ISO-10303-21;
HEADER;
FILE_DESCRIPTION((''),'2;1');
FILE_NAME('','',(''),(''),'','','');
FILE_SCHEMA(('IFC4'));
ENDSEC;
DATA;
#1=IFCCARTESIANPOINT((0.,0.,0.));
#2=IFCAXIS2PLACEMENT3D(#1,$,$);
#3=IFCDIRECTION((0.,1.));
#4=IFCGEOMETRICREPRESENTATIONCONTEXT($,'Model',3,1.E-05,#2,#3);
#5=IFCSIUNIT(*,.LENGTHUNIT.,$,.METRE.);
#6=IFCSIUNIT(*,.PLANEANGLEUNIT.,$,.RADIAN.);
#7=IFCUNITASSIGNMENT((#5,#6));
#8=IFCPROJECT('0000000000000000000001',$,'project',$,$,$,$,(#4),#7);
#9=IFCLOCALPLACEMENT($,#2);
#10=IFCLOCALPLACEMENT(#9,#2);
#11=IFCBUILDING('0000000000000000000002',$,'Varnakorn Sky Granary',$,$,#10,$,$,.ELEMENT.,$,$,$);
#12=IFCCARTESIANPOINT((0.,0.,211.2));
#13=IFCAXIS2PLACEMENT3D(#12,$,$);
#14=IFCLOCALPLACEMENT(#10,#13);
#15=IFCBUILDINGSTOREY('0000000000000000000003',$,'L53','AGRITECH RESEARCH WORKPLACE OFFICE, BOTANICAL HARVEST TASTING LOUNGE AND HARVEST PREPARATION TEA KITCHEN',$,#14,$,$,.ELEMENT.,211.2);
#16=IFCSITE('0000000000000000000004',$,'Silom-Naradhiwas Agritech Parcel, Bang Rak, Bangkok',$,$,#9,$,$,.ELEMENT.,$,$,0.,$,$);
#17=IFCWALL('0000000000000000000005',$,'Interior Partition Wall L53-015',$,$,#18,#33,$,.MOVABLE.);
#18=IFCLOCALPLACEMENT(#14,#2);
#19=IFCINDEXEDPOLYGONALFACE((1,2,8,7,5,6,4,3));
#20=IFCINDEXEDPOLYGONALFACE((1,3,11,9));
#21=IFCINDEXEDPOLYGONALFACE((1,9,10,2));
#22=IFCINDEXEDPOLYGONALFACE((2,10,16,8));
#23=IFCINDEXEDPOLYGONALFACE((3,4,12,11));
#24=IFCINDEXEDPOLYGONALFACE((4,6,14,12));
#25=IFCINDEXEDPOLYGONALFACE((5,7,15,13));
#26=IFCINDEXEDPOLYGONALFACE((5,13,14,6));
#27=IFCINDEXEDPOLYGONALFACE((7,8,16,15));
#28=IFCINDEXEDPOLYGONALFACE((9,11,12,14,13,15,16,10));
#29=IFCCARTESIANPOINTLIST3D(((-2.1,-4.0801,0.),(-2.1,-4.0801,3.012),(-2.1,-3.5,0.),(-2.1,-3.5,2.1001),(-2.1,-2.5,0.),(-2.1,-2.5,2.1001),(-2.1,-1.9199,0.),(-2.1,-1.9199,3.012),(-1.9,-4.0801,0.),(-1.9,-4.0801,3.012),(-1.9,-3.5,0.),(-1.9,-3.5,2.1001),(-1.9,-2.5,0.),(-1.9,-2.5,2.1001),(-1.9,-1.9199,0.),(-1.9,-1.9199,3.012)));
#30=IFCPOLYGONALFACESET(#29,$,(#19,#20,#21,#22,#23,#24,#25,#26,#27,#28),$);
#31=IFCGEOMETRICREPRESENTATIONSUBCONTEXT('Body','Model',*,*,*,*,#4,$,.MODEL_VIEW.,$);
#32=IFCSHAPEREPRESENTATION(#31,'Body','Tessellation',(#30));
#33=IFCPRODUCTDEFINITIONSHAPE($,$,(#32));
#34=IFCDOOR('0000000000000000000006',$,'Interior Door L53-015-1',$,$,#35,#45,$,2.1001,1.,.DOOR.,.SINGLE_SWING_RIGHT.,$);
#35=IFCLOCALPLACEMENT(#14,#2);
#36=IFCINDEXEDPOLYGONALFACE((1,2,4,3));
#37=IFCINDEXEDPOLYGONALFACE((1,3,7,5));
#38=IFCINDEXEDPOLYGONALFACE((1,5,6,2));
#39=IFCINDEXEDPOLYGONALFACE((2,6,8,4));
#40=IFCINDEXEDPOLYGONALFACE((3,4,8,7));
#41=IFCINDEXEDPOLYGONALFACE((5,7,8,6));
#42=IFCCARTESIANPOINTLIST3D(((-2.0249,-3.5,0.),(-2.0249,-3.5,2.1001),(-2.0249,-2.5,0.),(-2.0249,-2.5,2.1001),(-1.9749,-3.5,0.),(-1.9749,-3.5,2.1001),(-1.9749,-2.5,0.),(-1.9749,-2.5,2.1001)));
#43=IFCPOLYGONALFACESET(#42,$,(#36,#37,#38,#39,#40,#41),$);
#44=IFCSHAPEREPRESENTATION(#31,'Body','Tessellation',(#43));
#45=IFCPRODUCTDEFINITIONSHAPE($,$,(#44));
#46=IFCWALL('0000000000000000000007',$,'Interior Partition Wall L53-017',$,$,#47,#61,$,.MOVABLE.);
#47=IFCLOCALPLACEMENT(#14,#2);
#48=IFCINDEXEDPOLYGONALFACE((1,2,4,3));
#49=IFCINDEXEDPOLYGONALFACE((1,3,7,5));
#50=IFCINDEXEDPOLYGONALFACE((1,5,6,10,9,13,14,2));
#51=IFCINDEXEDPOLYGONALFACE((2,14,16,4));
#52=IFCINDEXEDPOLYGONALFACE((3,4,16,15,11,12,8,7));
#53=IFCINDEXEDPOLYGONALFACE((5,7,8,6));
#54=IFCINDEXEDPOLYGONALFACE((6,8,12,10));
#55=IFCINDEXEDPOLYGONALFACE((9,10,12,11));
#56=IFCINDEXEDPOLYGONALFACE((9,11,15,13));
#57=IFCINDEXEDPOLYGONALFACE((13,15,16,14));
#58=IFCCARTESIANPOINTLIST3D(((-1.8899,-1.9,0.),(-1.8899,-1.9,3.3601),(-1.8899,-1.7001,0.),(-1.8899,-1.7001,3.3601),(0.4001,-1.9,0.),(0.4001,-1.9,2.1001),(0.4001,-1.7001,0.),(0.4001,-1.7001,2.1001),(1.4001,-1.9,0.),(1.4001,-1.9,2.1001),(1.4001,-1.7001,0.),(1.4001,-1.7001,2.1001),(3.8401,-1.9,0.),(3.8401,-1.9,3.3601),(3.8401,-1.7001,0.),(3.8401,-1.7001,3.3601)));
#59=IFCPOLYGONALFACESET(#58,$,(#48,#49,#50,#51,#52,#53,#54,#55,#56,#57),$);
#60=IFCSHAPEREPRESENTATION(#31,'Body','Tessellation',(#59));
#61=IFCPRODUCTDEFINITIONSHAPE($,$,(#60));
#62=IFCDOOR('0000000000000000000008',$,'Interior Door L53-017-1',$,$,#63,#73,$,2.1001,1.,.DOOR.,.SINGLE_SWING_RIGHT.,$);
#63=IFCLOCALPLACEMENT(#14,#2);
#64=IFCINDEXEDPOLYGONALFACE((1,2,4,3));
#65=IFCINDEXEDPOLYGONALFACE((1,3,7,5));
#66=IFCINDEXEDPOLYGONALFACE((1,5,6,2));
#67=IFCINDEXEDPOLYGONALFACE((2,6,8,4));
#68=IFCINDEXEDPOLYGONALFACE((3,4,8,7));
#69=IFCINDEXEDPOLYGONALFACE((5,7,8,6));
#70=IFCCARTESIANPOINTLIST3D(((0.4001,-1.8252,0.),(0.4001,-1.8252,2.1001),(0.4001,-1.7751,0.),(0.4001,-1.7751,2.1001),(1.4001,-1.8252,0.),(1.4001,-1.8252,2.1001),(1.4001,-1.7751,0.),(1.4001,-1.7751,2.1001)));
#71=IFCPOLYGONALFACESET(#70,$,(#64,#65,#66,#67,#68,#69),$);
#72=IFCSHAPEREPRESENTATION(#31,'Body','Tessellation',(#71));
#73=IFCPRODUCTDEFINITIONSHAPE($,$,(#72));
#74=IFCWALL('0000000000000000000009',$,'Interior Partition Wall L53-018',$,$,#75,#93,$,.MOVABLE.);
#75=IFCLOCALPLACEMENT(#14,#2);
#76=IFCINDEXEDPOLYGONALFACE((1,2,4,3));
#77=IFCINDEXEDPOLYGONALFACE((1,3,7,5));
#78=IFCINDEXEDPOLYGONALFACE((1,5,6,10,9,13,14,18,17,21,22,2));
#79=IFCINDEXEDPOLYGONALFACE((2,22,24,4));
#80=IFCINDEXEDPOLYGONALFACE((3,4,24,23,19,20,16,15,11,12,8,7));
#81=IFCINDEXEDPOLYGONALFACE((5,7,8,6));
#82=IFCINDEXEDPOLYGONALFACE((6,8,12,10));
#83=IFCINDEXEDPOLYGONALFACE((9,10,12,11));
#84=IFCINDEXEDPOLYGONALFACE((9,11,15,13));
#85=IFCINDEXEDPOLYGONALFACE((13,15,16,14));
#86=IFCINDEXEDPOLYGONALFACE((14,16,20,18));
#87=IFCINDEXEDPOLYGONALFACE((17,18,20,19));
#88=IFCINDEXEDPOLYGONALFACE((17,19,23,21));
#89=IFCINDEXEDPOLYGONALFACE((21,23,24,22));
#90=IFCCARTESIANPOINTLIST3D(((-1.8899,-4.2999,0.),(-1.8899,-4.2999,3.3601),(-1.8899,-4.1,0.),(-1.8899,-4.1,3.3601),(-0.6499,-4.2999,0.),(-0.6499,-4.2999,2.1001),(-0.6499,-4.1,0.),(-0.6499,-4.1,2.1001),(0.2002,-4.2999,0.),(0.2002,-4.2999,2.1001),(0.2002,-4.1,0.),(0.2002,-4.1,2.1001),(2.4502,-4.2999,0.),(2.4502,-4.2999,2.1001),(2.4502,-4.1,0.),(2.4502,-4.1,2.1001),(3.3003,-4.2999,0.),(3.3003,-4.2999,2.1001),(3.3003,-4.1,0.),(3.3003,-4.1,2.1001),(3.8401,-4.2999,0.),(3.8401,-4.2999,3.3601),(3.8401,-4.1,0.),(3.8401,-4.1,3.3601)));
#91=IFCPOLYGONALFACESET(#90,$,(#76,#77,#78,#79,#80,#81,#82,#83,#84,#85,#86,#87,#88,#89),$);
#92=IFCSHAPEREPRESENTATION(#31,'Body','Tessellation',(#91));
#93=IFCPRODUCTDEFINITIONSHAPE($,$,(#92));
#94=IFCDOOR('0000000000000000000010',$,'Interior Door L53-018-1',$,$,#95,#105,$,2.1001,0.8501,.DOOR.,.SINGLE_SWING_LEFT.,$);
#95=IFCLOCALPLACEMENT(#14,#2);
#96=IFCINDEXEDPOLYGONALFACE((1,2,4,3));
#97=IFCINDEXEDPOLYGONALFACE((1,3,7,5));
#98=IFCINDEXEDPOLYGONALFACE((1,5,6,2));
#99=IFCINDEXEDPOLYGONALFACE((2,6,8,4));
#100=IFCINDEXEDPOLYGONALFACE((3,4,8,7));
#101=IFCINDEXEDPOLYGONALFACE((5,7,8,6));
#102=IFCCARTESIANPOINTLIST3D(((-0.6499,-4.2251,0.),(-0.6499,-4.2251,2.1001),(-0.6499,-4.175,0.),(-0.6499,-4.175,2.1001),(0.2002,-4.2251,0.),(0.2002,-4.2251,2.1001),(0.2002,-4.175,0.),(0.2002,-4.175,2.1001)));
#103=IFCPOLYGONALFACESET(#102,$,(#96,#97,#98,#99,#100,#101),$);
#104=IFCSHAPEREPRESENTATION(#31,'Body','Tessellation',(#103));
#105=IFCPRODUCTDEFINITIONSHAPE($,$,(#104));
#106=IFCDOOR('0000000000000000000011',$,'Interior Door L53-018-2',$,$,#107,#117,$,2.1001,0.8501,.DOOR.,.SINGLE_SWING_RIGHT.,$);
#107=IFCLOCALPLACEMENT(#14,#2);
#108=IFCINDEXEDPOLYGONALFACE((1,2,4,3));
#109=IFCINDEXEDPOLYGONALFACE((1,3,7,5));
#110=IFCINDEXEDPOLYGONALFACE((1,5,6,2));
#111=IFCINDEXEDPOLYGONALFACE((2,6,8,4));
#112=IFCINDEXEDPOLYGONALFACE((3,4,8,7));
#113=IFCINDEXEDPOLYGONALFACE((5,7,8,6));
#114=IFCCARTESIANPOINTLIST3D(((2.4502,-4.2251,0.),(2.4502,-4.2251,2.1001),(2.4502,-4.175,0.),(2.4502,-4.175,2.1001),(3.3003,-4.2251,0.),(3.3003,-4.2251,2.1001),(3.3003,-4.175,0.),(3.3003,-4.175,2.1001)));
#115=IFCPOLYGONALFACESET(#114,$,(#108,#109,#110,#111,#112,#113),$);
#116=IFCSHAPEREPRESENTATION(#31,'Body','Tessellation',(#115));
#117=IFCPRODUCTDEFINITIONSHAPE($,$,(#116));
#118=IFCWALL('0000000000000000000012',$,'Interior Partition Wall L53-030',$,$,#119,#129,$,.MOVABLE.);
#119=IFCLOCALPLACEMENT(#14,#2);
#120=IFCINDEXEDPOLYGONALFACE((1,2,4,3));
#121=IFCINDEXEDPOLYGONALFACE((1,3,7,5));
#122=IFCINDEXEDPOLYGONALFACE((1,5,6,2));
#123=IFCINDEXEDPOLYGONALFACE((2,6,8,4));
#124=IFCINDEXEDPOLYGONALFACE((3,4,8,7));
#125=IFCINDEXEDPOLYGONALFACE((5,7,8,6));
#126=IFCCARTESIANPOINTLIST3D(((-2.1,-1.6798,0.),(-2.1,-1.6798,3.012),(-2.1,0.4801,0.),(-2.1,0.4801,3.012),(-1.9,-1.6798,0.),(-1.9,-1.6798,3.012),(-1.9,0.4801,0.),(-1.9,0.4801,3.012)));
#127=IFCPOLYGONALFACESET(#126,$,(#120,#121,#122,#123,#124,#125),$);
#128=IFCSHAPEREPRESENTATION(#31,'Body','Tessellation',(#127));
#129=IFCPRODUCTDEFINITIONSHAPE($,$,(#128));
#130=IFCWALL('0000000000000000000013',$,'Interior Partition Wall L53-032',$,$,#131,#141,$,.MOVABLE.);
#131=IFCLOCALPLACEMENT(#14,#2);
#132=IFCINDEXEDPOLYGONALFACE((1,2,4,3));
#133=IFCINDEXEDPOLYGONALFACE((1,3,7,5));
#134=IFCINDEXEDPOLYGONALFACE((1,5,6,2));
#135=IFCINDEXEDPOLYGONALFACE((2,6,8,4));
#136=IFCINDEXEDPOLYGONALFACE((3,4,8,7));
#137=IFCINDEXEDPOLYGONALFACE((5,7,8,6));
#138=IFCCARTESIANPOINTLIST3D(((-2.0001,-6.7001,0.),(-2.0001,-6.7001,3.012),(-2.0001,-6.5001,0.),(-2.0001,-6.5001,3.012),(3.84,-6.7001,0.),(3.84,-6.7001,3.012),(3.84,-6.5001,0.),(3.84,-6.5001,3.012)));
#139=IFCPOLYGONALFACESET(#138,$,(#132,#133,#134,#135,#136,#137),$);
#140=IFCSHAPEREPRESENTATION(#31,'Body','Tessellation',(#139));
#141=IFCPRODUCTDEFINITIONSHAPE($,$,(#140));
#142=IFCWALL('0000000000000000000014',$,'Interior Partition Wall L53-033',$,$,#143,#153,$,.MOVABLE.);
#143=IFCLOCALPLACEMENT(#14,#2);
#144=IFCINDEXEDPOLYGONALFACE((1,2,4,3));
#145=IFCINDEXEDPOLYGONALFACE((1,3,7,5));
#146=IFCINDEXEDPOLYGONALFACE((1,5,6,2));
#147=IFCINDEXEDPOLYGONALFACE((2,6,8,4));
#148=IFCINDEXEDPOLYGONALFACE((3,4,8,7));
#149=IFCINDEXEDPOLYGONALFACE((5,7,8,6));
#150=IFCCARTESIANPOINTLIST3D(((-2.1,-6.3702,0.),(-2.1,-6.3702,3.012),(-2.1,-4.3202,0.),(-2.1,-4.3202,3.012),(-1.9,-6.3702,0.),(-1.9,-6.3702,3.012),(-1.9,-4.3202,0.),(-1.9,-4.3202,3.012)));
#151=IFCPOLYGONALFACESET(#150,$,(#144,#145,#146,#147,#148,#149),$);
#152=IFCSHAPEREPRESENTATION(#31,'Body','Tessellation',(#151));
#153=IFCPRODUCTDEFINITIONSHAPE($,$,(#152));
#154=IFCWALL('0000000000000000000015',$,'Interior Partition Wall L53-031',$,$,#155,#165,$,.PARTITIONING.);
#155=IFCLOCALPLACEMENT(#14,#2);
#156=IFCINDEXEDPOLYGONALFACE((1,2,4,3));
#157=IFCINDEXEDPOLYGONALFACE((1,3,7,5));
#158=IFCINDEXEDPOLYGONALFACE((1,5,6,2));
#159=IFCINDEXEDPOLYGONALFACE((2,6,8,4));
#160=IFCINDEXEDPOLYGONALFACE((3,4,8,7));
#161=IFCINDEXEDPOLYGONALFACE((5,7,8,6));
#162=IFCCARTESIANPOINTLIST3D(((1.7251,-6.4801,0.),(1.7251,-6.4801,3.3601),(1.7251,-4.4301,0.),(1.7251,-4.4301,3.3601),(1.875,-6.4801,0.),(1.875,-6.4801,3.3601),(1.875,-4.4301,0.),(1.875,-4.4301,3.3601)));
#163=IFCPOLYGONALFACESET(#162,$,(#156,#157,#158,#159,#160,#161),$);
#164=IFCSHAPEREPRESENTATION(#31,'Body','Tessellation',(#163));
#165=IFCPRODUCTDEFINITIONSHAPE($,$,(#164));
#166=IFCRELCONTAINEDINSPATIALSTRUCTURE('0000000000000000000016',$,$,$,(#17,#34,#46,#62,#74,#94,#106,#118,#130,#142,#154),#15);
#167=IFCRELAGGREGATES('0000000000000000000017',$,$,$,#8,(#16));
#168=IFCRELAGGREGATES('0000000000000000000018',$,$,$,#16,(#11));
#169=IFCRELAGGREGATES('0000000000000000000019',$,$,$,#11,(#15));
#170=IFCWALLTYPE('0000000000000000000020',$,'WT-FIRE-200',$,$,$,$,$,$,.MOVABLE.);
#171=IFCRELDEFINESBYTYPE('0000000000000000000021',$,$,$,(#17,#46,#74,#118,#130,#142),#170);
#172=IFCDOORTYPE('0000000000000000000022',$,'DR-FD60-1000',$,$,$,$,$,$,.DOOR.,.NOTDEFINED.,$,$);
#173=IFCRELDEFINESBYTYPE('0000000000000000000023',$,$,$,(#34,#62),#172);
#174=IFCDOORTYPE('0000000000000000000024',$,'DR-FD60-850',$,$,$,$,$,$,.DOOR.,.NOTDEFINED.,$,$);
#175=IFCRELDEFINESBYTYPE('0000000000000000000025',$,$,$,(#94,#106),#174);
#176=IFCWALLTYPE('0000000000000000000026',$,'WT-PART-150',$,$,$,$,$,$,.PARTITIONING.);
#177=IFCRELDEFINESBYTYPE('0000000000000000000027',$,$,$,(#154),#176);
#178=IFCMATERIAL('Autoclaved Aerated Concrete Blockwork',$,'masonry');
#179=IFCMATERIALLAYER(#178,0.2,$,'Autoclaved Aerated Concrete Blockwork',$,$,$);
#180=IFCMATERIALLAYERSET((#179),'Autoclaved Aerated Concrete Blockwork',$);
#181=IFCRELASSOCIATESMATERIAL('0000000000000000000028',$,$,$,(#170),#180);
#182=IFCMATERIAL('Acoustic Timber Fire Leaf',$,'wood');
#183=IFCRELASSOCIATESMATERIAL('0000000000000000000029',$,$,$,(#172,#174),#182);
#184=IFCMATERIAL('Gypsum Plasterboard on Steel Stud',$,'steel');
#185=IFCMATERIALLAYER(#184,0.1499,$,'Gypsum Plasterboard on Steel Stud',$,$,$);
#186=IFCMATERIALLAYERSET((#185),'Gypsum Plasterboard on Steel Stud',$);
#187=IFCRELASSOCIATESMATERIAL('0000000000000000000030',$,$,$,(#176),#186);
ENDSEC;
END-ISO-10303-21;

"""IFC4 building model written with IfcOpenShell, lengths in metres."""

from ifc_helpers import new_model, si_unit, direction, frame, frame_2d, origin, place, context, subcontext, project, spatial, rectangle, extrude, material, layer, layer_set, type_object, element, fill, save


model = new_model("IFC4")

# Units and contexts
model_context = context("Model", 3, precision=1e-05, world=origin(), true_north=direction((0.0, 1.0)))
body_context = subcontext(model_context, "Body", "Model", "MODEL_VIEW")
ifc_project = project(units=[si_unit("LENGTHUNIT", "METRE"), si_unit("PLANEANGLEUNIT", "RADIAN")], contexts=[model_context])

# Site, building, storey
site_placement = place(None, origin())
site = spatial("IfcSite", under=ifc_project, at=site_placement, Name="Silom-Naradhiwas Agritech Parcel, Bang Rak, Bangkok", CompositionType="ELEMENT", RefElevation=0.0)
building_placement = place(site_placement, origin())
building = spatial("IfcBuilding", under=site, at=building_placement, Name="Varnakorn Sky Granary", CompositionType="ELEMENT")
storey_placement = place(building_placement, frame((0.0, 0.0, 211.2)))
storey = spatial("IfcBuildingStorey", under=building, at=storey_placement, Name="L53", Description="AGRITECH RESEARCH WORKPLACE OFFICE, BOTANICAL HARVEST TASTING LOUNGE AND HARVEST PREPARATION TEA KITCHEN", CompositionType="ELEMENT", Elevation=211.2)

# Walls, openings, doors
ifc_material_1 = material(Name="Autoclaved Aerated Concrete Blockwork", Category="masonry")
ifc_layer_1 = layer(ifc_material_1, 0.2, Name="Autoclaved Aerated Concrete Blockwork")
ifc_layer_set_1 = layer_set([ifc_layer_1], Name="Autoclaved Aerated Concrete Blockwork")
wall_type_1 = type_object("IfcWallType", Name="WT-FIRE-200", PredefinedType="MOVABLE", material=ifc_layer_set_1)
wall_1_placement = place(storey_placement, frame((-2.0, -4.0801, 0.0), z_axis=(0.0, 0.0, 1.0), x_axis=(0.0, 1.0, 0.0)))
wall_1 = element("IfcWall", 1, at=wall_1_placement, inside=storey, type_object=wall_type_1, Name="Interior Partition Wall L53-015", PredefinedType="MOVABLE", context=body_context, shape_type="SweptSolid", body=[
    extrude(rectangle(XDim=2.1602, YDim=0.2, at=frame_2d((1.0801, 0.0))), origin(), (0.0, 0.0, 1.0), 3.012),
])
opening_1_placement = place(wall_1_placement, frame((0.5801, 0.0, 0.0)))
opening_1 = element("IfcOpeningElement", 2, at=opening_1_placement, cuts=wall_1, PredefinedType="OPENING", context=body_context, shape_type="SweptSolid", body=[
    extrude(rectangle(XDim=1.0, YDim=2.1001, at=frame_2d((0.5, 1.05))), frame((0.0, 0.1099, 0.0), z_axis=(0.0, -1.0, 0.0), x_axis=(1.0, 0.0, 0.0)), (0.0, 0.0, 1.0), 0.22),
])
ifc_material_2 = material(Name="Acoustic Timber Fire Leaf", Category="wood")
door_type_1 = type_object("IfcDoorType", Name="DR-FD60-1000", OperationType="NOTDEFINED", PredefinedType="DOOR", material=ifc_material_2)
door_1_placement = place(opening_1_placement, origin())
door_1 = element("IfcDoor", 3, at=door_1_placement, inside=storey, type_object=door_type_1, Name="Interior Door L53-015-1", OperationType="SINGLE_SWING_RIGHT", OverallHeight=2.1001, OverallWidth=1.0, PredefinedType="DOOR", context=body_context, shape_type="SweptSolid", body=[
    extrude(rectangle(XDim=1.0, YDim=2.1001, at=frame_2d((0.5, 1.05))), frame((0.0, 0.0249, 0.0), z_axis=(0.0, -1.0, 0.0), x_axis=(1.0, 0.0, 0.0)), (0.0, 0.0, 1.0), 0.05),
])
fill(opening_1, door_1)
wall_2_placement = place(storey_placement, frame((-1.8899, -1.8, 0.0), z_axis=(0.0, 0.0, 1.0), x_axis=(1.0, 0.0, 0.0)))
wall_2 = element("IfcWall", 4, at=wall_2_placement, inside=storey, type_object=wall_type_1, Name="Interior Partition Wall L53-017", PredefinedType="MOVABLE", context=body_context, shape_type="SweptSolid", body=[
    extrude(rectangle(XDim=5.73, YDim=0.2, at=frame_2d((2.865, 0.0))), origin(), (0.0, 0.0, 1.0), 3.3601),
])
opening_2_placement = place(wall_2_placement, frame((2.29, 0.0, 0.0)))
opening_2 = element("IfcOpeningElement", 5, at=opening_2_placement, cuts=wall_2, PredefinedType="OPENING", context=body_context, shape_type="SweptSolid", body=[
    extrude(rectangle(XDim=1.0, YDim=2.1001, at=frame_2d((0.5, 1.05))), frame((0.0, 0.1099, 0.0), z_axis=(0.0, -1.0, 0.0), x_axis=(1.0, 0.0, 0.0)), (0.0, 0.0, 1.0), 0.22),
])
door_2_placement = place(opening_2_placement, origin())
door_2 = element("IfcDoor", 6, at=door_2_placement, inside=storey, type_object=door_type_1, Name="Interior Door L53-017-1", OperationType="SINGLE_SWING_RIGHT", OverallHeight=2.1001, OverallWidth=1.0, PredefinedType="DOOR", context=body_context, shape_type="SweptSolid", body=[
    extrude(rectangle(XDim=1.0, YDim=2.1001, at=frame_2d((0.5, 1.05))), frame((0.0, 0.0249, 0.0), z_axis=(0.0, -1.0, 0.0), x_axis=(1.0, 0.0, 0.0)), (0.0, 0.0, 1.0), 0.05),
])
fill(opening_2, door_2)

# Wall, openings, doors
wall_3_placement = place(storey_placement, frame((-1.8899, -4.2, 0.0), z_axis=(0.0, 0.0, 1.0), x_axis=(1.0, 0.0, 0.0)))
wall_3 = element("IfcWall", 7, at=wall_3_placement, inside=storey, type_object=wall_type_1, Name="Interior Partition Wall L53-018", PredefinedType="MOVABLE", context=body_context, shape_type="SweptSolid", body=[
    extrude(rectangle(XDim=5.73, YDim=0.2, at=frame_2d((2.865, 0.0))), origin(), (0.0, 0.0, 1.0), 3.3601),
])
opening_3_placement = place(wall_3_placement, frame((1.24, 0.0, 0.0)))
opening_3 = element("IfcOpeningElement", 8, at=opening_3_placement, cuts=wall_3, PredefinedType="OPENING", context=body_context, shape_type="SweptSolid", body=[
    extrude(rectangle(XDim=0.8501, YDim=2.1001, at=frame_2d((0.425, 1.05))), frame((0.0, 0.1099, 0.0), z_axis=(0.0, -1.0, 0.0), x_axis=(1.0, 0.0, 0.0)), (0.0, 0.0, 1.0), 0.22),
])
opening_4_placement = place(wall_3_placement, frame((4.3401, 0.0, 0.0)))
opening_4 = element("IfcOpeningElement", 9, at=opening_4_placement, cuts=wall_3, PredefinedType="OPENING", context=body_context, shape_type="SweptSolid", body=[
    extrude(rectangle(XDim=0.8501, YDim=2.1001, at=frame_2d((0.425, 1.05))), frame((0.0, 0.1099, 0.0), z_axis=(0.0, -1.0, 0.0), x_axis=(1.0, 0.0, 0.0)), (0.0, 0.0, 1.0), 0.22),
])
door_type_2 = type_object("IfcDoorType", Name="DR-FD60-850", OperationType="NOTDEFINED", PredefinedType="DOOR", material=ifc_material_2)
door_3_placement = place(opening_3_placement, origin())
door_3 = element("IfcDoor", 10, at=door_3_placement, inside=storey, type_object=door_type_2, Name="Interior Door L53-018-1", OperationType="SINGLE_SWING_LEFT", OverallHeight=2.1001, OverallWidth=0.8501, PredefinedType="DOOR", context=body_context, shape_type="SweptSolid", body=[
    extrude(rectangle(XDim=0.8501, YDim=2.1001, at=frame_2d((0.425, 1.05))), frame((0.0, 0.0249, 0.0), z_axis=(0.0, -1.0, 0.0), x_axis=(1.0, 0.0, 0.0)), (0.0, 0.0, 1.0), 0.05),
])
fill(opening_3, door_3)
door_4_placement = place(opening_4_placement, origin())
door_4 = element("IfcDoor", 11, at=door_4_placement, inside=storey, type_object=door_type_2, Name="Interior Door L53-018-2", OperationType="SINGLE_SWING_RIGHT", OverallHeight=2.1001, OverallWidth=0.8501, PredefinedType="DOOR", context=body_context, shape_type="SweptSolid", body=[
    extrude(rectangle(XDim=0.8501, YDim=2.1001, at=frame_2d((0.425, 1.05))), frame((0.0, 0.0249, 0.0), z_axis=(0.0, -1.0, 0.0), x_axis=(1.0, 0.0, 0.0)), (0.0, 0.0, 1.0), 0.05),
])
fill(opening_4, door_4)

# Walls
wall_4_placement = place(storey_placement, frame((-2.0, -1.6799, 0.0), z_axis=(0.0, 0.0, 1.0), x_axis=(0.0, 1.0, 0.0)))
element("IfcWall", 12, at=wall_4_placement, inside=storey, type_object=wall_type_1, Name="Interior Partition Wall L53-030", PredefinedType="MOVABLE", context=body_context, shape_type="SweptSolid", body=[
    extrude(rectangle(XDim=2.1599, YDim=0.2, at=frame_2d((1.0801, 0.0))), origin(), (0.0, 0.0, 1.0), 3.012),
])
wall_5_placement = place(storey_placement, frame((-2.0, -6.6001, 0.0), z_axis=(0.0, 0.0, 1.0), x_axis=(1.0, 0.0, 0.0)))
element("IfcWall", 13, at=wall_5_placement, inside=storey, type_object=wall_type_1, Name="Interior Partition Wall L53-032", PredefinedType="MOVABLE", context=body_context, shape_type="SweptSolid", body=[
    extrude(rectangle(XDim=5.8401, YDim=0.2, at=frame_2d((2.9199, 0.0))), origin(), (0.0, 0.0, 1.0), 3.012),
])
wall_6_placement = place(storey_placement, frame((-2.0, -6.3701, 0.0), z_axis=(0.0, 0.0, 1.0), x_axis=(0.0, 1.0, 0.0)))
element("IfcWall", 14, at=wall_6_placement, inside=storey, type_object=wall_type_1, Name="Interior Partition Wall L53-033", PredefinedType="MOVABLE", context=body_context, shape_type="SweptSolid", body=[
    extrude(rectangle(XDim=2.05, YDim=0.2, at=frame_2d((1.0249, 0.0))), origin(), (0.0, 0.0, 1.0), 3.012),
])
ifc_material_3 = material(Name="Gypsum Plasterboard on Steel Stud", Category="steel")
ifc_layer_2 = layer(ifc_material_3, 0.1499, Name="Gypsum Plasterboard on Steel Stud")
ifc_layer_set_2 = layer_set([ifc_layer_2], Name="Gypsum Plasterboard on Steel Stud")
wall_type_2 = type_object("IfcWallType", Name="WT-PART-150", PredefinedType="PARTITIONING", material=ifc_layer_set_2)
wall_7_placement = place(storey_placement, frame((1.8, -6.48, 0.0), z_axis=(0.0, 0.0, 1.0), x_axis=(0.0, 1.0, 0.0)))
element("IfcWall", 15, at=wall_7_placement, inside=storey, type_object=wall_type_2, Name="Interior Partition Wall L53-031", PredefinedType="PARTITIONING", context=body_context, shape_type="SweptSolid", body=[
    extrude(rectangle(XDim=2.05, YDim=0.1499, at=frame_2d((1.0249, 0.0))), origin(), (0.0, 0.0, 1.0), 3.3601),
])

save(model, "model.ifc")
